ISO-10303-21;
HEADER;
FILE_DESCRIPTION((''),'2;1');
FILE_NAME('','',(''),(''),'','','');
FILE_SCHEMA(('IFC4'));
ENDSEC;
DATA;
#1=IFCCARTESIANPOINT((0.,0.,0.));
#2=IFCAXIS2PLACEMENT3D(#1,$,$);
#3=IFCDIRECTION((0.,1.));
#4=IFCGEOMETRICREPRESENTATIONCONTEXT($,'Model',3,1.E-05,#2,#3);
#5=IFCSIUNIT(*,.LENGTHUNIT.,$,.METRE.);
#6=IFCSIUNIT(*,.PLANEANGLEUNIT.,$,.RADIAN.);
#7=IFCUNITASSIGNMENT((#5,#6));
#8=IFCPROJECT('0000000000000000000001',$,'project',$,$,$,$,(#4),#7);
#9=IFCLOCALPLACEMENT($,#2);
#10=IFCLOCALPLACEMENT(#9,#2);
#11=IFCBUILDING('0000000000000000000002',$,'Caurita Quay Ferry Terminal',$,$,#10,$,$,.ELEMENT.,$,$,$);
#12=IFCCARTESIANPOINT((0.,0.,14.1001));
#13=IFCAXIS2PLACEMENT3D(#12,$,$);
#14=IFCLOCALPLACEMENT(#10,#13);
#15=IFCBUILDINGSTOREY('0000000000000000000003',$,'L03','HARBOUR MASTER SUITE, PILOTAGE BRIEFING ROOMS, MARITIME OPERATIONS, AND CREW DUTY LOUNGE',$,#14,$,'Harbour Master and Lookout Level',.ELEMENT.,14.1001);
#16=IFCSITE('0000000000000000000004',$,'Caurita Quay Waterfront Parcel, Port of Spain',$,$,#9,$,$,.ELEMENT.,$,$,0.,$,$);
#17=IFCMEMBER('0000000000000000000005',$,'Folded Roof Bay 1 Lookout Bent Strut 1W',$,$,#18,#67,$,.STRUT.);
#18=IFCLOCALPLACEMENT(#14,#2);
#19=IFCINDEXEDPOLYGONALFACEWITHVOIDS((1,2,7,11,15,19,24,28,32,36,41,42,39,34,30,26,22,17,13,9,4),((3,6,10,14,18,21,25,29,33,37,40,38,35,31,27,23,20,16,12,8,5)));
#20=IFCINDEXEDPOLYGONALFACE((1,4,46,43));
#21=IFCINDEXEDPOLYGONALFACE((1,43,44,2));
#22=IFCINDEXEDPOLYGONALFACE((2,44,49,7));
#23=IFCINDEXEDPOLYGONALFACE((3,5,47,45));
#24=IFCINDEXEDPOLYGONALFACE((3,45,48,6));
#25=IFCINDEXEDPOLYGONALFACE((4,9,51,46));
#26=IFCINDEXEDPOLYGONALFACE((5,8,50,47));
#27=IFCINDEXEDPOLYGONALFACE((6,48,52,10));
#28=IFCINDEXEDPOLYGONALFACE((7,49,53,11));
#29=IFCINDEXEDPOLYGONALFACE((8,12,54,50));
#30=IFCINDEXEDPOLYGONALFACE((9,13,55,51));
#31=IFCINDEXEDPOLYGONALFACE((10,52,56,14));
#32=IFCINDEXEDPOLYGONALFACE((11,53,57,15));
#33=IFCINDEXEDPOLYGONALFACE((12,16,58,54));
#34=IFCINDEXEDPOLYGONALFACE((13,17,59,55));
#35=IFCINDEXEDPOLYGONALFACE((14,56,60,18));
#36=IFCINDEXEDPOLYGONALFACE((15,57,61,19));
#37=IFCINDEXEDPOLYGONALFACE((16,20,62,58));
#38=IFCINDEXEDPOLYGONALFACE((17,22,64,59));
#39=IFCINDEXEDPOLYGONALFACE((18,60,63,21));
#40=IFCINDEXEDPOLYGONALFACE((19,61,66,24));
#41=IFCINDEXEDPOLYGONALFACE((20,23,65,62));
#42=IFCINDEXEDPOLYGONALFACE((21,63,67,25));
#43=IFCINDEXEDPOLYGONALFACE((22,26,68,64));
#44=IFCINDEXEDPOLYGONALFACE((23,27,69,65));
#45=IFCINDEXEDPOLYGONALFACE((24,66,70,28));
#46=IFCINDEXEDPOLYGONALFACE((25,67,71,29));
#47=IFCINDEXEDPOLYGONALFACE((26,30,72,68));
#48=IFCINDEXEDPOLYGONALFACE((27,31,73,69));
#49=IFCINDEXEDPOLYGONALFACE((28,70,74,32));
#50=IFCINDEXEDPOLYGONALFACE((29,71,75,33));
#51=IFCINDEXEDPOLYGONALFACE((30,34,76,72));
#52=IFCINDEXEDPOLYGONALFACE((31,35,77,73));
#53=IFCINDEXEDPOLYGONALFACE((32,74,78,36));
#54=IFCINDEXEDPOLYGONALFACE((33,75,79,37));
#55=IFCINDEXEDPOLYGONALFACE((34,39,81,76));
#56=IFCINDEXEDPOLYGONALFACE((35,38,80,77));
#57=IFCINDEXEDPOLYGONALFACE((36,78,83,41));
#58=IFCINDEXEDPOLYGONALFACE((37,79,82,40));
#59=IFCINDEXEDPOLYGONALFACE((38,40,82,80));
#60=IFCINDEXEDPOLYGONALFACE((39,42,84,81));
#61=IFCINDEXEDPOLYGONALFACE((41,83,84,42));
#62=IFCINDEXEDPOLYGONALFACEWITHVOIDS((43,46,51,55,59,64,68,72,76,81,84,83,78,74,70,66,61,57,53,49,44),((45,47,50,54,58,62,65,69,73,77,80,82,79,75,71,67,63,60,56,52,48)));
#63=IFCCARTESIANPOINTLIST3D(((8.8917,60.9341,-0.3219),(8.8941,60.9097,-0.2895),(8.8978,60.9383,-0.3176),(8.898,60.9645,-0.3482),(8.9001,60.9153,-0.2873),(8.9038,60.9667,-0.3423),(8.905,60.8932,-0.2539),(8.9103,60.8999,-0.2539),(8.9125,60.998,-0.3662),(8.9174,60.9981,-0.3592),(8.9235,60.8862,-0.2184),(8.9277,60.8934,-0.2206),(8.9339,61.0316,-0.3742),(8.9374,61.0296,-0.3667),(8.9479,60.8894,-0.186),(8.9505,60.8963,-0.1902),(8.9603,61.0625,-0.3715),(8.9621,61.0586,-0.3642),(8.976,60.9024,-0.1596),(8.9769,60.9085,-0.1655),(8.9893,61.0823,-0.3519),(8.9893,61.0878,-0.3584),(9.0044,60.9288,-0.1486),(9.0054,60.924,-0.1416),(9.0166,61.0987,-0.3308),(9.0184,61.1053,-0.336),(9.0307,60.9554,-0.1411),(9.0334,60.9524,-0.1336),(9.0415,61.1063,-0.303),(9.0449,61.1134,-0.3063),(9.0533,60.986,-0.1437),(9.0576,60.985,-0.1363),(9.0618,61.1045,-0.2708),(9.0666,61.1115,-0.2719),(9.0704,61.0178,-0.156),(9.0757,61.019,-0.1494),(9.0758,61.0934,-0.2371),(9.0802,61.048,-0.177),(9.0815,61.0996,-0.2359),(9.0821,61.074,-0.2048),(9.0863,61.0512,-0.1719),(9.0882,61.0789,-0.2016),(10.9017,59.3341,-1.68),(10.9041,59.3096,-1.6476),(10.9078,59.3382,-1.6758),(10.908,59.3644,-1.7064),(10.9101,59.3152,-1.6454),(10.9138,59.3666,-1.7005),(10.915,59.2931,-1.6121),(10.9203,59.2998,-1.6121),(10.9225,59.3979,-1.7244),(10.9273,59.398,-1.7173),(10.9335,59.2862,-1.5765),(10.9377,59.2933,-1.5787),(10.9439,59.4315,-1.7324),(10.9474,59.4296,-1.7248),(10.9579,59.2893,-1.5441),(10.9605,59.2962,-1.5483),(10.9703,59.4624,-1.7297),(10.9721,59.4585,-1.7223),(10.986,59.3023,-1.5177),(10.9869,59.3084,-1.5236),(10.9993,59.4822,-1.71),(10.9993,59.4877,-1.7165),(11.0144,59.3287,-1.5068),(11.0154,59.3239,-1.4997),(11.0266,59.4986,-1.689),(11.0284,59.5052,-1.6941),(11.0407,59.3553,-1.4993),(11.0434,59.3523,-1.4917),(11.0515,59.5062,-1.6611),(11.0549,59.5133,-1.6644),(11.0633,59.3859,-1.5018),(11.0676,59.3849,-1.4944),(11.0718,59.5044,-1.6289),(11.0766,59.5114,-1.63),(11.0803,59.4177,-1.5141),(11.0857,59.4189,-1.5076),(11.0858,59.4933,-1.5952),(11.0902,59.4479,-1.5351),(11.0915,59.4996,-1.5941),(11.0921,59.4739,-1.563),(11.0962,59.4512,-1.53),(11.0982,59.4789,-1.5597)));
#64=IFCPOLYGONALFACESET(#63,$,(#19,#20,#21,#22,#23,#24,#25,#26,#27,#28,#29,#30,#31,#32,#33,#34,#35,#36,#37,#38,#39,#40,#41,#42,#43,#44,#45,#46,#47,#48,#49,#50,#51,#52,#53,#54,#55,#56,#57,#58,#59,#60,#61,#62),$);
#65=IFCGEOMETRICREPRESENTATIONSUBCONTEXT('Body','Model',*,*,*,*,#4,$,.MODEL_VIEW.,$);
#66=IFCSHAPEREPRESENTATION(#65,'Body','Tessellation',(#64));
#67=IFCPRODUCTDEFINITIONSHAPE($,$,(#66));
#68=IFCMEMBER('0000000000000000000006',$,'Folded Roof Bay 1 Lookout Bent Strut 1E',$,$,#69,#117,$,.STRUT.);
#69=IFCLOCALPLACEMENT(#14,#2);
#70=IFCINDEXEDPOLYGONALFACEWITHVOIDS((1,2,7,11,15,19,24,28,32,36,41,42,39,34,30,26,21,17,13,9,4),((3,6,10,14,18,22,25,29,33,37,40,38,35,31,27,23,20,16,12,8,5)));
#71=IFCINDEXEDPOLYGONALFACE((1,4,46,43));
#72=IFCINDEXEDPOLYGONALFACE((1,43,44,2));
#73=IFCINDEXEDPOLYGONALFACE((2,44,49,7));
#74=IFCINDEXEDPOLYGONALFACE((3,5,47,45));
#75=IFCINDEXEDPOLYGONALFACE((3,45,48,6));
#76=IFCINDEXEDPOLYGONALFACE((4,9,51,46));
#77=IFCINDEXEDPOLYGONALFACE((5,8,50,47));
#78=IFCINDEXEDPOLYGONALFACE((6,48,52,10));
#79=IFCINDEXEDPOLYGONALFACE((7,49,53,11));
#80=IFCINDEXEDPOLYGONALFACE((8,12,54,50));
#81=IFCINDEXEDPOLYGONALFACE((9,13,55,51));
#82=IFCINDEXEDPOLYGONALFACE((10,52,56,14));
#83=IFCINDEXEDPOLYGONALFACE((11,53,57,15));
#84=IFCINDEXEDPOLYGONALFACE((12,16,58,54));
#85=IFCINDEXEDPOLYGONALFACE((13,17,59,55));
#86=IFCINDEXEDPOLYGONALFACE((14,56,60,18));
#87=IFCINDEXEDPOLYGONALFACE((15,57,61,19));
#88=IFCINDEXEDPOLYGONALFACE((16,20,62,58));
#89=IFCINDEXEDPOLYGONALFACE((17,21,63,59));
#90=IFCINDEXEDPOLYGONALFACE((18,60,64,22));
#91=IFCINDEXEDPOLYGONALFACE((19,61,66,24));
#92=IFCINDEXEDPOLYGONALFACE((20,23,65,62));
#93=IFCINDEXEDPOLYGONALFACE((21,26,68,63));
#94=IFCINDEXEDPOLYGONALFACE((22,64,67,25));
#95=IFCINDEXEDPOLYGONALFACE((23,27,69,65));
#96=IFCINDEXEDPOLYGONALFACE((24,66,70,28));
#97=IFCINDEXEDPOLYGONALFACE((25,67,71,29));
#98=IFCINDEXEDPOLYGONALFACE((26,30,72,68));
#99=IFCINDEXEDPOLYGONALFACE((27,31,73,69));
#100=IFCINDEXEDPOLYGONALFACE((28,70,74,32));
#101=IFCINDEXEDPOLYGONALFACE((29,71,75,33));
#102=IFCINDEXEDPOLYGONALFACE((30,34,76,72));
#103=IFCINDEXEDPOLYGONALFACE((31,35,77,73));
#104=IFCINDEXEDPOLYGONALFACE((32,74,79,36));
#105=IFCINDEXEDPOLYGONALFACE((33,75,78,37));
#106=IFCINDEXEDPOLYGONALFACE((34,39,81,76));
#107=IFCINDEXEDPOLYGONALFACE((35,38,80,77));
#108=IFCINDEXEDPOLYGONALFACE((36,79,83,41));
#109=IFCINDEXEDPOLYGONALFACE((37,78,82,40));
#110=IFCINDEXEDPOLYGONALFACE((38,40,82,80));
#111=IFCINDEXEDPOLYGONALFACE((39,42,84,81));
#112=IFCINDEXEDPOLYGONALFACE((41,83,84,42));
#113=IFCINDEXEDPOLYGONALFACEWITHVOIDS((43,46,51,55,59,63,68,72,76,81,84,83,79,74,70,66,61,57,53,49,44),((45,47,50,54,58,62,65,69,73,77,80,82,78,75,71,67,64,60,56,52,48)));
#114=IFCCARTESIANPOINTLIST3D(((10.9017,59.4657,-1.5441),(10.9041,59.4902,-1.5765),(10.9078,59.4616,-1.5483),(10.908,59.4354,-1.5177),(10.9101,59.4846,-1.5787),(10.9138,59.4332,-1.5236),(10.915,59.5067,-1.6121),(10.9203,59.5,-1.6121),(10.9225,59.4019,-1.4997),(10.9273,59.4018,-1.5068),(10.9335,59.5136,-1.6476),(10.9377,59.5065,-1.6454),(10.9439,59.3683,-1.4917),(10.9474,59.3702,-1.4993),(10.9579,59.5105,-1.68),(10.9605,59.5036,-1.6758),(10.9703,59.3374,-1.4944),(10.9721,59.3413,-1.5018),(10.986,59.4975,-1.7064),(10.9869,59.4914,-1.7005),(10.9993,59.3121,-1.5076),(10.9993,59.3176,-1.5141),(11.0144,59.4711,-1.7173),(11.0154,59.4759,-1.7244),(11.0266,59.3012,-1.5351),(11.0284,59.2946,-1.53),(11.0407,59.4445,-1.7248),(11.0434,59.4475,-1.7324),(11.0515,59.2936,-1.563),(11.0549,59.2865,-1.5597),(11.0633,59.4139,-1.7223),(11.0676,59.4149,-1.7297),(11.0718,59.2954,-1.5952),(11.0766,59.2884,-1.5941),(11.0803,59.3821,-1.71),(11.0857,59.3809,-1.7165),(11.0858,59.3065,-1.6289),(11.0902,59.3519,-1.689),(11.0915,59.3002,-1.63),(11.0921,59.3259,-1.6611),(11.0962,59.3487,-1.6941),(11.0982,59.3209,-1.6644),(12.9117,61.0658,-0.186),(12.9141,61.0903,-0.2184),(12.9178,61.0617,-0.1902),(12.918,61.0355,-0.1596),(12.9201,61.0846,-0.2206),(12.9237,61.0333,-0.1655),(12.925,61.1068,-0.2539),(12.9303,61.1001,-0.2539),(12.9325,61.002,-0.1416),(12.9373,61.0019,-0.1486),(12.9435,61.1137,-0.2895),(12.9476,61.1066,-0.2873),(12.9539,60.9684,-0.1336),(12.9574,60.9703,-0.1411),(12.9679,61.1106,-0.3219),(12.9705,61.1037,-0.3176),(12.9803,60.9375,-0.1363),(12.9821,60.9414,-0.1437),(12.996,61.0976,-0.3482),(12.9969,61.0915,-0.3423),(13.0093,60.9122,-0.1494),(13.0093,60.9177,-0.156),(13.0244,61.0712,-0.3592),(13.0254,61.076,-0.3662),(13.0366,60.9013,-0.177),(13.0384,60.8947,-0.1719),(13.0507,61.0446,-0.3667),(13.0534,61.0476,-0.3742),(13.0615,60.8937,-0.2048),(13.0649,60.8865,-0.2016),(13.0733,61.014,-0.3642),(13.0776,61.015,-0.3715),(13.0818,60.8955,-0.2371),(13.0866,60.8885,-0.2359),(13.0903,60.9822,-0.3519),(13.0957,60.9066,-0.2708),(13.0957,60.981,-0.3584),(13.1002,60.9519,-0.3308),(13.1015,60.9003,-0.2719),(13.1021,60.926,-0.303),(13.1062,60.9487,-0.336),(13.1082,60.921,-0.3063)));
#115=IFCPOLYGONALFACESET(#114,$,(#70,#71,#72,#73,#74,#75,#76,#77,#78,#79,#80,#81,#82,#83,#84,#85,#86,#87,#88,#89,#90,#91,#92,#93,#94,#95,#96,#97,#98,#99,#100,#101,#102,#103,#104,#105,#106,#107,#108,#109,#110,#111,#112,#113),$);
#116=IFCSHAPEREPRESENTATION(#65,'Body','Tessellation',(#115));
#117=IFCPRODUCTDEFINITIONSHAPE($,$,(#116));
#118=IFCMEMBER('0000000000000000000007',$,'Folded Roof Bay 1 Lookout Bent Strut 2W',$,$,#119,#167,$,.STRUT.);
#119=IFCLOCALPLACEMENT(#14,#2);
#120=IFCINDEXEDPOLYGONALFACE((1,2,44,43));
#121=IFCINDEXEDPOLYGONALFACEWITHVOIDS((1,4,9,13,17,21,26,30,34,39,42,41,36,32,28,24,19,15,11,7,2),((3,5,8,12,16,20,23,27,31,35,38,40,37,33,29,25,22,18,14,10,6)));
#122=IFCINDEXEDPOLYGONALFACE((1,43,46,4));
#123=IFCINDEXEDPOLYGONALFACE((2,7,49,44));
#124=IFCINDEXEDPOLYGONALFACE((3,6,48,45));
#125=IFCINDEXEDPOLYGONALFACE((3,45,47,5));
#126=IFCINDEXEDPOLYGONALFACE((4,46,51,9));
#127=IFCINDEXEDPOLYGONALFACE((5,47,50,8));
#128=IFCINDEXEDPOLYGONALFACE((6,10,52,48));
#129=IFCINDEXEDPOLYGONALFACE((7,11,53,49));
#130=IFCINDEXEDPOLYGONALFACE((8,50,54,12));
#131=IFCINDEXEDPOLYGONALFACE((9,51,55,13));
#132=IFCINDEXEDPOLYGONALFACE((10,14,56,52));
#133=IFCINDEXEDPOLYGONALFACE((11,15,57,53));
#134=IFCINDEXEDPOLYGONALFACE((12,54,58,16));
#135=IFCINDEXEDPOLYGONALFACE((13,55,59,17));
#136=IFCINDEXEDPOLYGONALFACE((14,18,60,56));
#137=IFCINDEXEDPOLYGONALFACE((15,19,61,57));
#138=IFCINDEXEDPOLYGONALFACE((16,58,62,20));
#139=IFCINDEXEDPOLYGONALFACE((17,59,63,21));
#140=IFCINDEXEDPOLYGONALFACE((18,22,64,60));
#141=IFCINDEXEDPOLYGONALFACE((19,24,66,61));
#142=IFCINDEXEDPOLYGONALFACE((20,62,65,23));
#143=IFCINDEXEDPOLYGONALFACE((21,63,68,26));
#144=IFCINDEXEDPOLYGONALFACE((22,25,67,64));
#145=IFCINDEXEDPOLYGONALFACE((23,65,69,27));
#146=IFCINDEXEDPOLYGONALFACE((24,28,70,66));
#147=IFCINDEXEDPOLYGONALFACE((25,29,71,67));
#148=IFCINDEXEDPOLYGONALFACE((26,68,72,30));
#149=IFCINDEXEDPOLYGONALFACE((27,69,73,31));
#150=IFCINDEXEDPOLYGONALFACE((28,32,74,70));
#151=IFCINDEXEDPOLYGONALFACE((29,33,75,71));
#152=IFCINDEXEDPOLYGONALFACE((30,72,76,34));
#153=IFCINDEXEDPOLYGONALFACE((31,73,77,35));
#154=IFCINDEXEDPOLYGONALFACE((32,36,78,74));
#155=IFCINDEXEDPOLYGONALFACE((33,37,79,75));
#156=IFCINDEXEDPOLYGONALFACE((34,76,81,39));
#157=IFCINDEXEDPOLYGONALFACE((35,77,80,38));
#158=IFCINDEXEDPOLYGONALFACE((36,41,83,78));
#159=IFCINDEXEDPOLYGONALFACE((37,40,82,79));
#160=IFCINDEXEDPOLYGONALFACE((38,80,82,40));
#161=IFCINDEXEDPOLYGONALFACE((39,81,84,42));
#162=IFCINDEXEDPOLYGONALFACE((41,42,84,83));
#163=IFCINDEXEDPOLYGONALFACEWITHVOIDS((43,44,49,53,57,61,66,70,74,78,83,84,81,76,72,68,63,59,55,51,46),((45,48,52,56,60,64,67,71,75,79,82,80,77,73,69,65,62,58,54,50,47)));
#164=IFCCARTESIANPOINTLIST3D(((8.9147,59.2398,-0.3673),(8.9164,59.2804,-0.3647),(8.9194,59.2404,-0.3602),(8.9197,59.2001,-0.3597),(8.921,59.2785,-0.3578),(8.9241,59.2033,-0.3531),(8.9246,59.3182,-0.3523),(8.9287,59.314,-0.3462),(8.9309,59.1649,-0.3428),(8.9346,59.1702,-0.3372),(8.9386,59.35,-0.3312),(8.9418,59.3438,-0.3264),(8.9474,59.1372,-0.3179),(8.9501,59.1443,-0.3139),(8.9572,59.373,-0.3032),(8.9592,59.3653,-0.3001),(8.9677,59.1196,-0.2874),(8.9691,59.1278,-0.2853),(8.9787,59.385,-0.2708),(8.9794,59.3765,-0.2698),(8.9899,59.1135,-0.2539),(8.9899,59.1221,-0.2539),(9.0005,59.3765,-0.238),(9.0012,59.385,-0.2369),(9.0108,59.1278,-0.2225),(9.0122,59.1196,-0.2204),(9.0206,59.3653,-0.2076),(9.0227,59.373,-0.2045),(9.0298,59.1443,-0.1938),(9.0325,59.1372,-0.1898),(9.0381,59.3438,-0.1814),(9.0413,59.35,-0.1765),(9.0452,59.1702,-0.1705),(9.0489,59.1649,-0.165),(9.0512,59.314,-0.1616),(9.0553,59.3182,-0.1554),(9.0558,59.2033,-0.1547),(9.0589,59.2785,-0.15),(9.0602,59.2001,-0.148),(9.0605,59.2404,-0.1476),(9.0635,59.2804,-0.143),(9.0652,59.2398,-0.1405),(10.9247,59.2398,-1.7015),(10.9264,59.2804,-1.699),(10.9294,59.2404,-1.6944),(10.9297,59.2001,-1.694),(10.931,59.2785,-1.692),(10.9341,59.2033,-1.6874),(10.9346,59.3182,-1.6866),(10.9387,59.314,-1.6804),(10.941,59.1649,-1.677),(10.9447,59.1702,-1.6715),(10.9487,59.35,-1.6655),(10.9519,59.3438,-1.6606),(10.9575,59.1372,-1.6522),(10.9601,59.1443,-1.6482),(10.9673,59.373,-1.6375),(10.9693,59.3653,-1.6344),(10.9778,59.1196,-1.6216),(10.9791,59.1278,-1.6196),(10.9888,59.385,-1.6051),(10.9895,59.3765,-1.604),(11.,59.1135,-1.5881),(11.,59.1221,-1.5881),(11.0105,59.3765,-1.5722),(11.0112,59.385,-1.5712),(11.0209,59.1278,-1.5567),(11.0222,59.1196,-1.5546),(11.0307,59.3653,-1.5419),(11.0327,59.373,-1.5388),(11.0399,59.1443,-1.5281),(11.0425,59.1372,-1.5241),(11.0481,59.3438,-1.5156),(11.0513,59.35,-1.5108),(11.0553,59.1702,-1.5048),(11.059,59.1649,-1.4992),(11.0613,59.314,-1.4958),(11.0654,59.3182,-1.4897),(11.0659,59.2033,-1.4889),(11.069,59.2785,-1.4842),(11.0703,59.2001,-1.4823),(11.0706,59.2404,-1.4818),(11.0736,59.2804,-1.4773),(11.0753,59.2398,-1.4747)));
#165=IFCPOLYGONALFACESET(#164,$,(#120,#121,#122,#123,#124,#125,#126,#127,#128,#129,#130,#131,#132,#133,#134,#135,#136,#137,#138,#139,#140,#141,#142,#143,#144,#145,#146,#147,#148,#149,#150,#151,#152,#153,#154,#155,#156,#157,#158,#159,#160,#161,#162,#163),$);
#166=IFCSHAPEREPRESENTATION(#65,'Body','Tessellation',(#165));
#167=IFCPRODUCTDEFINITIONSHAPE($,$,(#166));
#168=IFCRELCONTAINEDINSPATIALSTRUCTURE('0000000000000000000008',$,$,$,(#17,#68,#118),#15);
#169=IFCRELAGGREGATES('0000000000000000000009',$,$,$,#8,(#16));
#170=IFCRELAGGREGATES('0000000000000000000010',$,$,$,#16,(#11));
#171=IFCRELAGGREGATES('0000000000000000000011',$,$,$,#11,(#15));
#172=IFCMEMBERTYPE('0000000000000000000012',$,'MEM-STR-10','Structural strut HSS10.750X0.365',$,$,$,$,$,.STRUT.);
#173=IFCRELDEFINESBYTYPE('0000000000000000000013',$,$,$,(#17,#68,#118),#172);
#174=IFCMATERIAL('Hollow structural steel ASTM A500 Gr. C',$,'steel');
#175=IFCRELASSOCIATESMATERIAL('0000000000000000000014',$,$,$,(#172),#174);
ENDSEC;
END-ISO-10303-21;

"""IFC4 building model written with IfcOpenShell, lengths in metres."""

from ifc_helpers import new_model, si_unit, direction, frame, origin, origin_2d, place, context, subcontext, project, spatial, hollow_circle, extrude, material, material_profile, profile_set, type_object, element, save


model = new_model("IFC4")

# Units and contexts
model_context = context("Model", 3, precision=1e-05, world=origin(), true_north=direction((0.0, 1.0)))
body_context = subcontext(model_context, "Body", "Model", "MODEL_VIEW")
ifc_project = project(units=[si_unit("LENGTHUNIT", "METRE"), si_unit("PLANEANGLEUNIT", "RADIAN")], contexts=[model_context])

# Site, building, storey
site_placement = place(None, origin())
site = spatial("IfcSite", under=ifc_project, at=site_placement, Name="Caurita Quay Waterfront Parcel, Port of Spain", CompositionType="ELEMENT", RefElevation=0.0)
building_placement = place(site_placement, origin())
building = spatial("IfcBuilding", under=site, at=building_placement, Name="Caurita Quay Ferry Terminal", CompositionType="ELEMENT")
storey_placement = place(building_placement, frame((0.0, 0.0, 14.1001)))
storey = spatial("IfcBuildingStorey", under=building, at=storey_placement, Name="L03", Description="HARBOUR MASTER SUITE, PILOTAGE BRIEFING ROOMS, MARITIME OPERATIONS, AND CREW DUTY LOUNGE", LongName="Harbour Master and Lookout Level", CompositionType="ELEMENT", Elevation=14.1001)

# Members
ifc_material_1 = material(Name="Hollow structural steel ASTM A500 Gr. C", Category="steel")
ifc_material_profile_1 = material_profile(ifc_material_1, hollow_circle(Radius=0.1365, WallThickness=0.0085, at=origin_2d()), Name="HSS10.750X0.365")
ifc_profile_set_1 = profile_set([ifc_material_profile_1], Name="Hollow structural steel ASTM A500 Gr. C")
member_type_1 = type_object("IfcMemberType", Name="MEM-STR-10", Description="Structural strut HSS10.750X0.365", PredefinedType="STRUT", material=ifc_profile_set_1)
for number, where, z_axis, x_axis, name in (
    (1, (11.0, 59.3999, -1.6121), (-0.691668, 0.550612, 0.467357), (-0.622816, -0.782368, 0.0), "Folded Roof Bay 1 Lookout Bent Strut 1W"),
    (2, (11.0, 59.3999, -1.6121), (0.691668, 0.550612, 0.467357), (-0.622816, 0.782368, 0.0), "Folded Roof Bay 1 Lookout Bent Strut 1E"),
):
    element("IfcMember", number, at=place(storey_placement, frame(where, z_axis=z_axis, x_axis=x_axis)), inside=storey, type_object=member_type_1, Name=name, PredefinedType="STRUT", context=body_context, shape_type="SweptSolid", body=[
        extrude(hollow_circle(Radius=0.1365, WallThickness=0.0085, at=origin_2d()), origin(), (0.0, 0.0, 1.0), 2.906),
    ])
for number, where, z_axis, x_axis, name in (
    (3, (11.0, 59.25, -1.5881), (-0.833154, 0.0, 0.553041), (0.0, -1.0, 0.0), "Folded Roof Bay 1 Lookout Bent Strut 2W"),
):
    element("IfcMember", number, at=place(storey_placement, frame(where, z_axis=z_axis, x_axis=x_axis)), inside=storey, type_object=member_type_1, Name=name, PredefinedType="STRUT", context=body_context, shape_type="SweptSolid", body=[
        extrude(hollow_circle(Radius=0.1365, WallThickness=0.0085, at=origin_2d()), origin(), (0.0, 0.0, 1.0), 2.4126),
    ])

save(model, "model.ifc")
